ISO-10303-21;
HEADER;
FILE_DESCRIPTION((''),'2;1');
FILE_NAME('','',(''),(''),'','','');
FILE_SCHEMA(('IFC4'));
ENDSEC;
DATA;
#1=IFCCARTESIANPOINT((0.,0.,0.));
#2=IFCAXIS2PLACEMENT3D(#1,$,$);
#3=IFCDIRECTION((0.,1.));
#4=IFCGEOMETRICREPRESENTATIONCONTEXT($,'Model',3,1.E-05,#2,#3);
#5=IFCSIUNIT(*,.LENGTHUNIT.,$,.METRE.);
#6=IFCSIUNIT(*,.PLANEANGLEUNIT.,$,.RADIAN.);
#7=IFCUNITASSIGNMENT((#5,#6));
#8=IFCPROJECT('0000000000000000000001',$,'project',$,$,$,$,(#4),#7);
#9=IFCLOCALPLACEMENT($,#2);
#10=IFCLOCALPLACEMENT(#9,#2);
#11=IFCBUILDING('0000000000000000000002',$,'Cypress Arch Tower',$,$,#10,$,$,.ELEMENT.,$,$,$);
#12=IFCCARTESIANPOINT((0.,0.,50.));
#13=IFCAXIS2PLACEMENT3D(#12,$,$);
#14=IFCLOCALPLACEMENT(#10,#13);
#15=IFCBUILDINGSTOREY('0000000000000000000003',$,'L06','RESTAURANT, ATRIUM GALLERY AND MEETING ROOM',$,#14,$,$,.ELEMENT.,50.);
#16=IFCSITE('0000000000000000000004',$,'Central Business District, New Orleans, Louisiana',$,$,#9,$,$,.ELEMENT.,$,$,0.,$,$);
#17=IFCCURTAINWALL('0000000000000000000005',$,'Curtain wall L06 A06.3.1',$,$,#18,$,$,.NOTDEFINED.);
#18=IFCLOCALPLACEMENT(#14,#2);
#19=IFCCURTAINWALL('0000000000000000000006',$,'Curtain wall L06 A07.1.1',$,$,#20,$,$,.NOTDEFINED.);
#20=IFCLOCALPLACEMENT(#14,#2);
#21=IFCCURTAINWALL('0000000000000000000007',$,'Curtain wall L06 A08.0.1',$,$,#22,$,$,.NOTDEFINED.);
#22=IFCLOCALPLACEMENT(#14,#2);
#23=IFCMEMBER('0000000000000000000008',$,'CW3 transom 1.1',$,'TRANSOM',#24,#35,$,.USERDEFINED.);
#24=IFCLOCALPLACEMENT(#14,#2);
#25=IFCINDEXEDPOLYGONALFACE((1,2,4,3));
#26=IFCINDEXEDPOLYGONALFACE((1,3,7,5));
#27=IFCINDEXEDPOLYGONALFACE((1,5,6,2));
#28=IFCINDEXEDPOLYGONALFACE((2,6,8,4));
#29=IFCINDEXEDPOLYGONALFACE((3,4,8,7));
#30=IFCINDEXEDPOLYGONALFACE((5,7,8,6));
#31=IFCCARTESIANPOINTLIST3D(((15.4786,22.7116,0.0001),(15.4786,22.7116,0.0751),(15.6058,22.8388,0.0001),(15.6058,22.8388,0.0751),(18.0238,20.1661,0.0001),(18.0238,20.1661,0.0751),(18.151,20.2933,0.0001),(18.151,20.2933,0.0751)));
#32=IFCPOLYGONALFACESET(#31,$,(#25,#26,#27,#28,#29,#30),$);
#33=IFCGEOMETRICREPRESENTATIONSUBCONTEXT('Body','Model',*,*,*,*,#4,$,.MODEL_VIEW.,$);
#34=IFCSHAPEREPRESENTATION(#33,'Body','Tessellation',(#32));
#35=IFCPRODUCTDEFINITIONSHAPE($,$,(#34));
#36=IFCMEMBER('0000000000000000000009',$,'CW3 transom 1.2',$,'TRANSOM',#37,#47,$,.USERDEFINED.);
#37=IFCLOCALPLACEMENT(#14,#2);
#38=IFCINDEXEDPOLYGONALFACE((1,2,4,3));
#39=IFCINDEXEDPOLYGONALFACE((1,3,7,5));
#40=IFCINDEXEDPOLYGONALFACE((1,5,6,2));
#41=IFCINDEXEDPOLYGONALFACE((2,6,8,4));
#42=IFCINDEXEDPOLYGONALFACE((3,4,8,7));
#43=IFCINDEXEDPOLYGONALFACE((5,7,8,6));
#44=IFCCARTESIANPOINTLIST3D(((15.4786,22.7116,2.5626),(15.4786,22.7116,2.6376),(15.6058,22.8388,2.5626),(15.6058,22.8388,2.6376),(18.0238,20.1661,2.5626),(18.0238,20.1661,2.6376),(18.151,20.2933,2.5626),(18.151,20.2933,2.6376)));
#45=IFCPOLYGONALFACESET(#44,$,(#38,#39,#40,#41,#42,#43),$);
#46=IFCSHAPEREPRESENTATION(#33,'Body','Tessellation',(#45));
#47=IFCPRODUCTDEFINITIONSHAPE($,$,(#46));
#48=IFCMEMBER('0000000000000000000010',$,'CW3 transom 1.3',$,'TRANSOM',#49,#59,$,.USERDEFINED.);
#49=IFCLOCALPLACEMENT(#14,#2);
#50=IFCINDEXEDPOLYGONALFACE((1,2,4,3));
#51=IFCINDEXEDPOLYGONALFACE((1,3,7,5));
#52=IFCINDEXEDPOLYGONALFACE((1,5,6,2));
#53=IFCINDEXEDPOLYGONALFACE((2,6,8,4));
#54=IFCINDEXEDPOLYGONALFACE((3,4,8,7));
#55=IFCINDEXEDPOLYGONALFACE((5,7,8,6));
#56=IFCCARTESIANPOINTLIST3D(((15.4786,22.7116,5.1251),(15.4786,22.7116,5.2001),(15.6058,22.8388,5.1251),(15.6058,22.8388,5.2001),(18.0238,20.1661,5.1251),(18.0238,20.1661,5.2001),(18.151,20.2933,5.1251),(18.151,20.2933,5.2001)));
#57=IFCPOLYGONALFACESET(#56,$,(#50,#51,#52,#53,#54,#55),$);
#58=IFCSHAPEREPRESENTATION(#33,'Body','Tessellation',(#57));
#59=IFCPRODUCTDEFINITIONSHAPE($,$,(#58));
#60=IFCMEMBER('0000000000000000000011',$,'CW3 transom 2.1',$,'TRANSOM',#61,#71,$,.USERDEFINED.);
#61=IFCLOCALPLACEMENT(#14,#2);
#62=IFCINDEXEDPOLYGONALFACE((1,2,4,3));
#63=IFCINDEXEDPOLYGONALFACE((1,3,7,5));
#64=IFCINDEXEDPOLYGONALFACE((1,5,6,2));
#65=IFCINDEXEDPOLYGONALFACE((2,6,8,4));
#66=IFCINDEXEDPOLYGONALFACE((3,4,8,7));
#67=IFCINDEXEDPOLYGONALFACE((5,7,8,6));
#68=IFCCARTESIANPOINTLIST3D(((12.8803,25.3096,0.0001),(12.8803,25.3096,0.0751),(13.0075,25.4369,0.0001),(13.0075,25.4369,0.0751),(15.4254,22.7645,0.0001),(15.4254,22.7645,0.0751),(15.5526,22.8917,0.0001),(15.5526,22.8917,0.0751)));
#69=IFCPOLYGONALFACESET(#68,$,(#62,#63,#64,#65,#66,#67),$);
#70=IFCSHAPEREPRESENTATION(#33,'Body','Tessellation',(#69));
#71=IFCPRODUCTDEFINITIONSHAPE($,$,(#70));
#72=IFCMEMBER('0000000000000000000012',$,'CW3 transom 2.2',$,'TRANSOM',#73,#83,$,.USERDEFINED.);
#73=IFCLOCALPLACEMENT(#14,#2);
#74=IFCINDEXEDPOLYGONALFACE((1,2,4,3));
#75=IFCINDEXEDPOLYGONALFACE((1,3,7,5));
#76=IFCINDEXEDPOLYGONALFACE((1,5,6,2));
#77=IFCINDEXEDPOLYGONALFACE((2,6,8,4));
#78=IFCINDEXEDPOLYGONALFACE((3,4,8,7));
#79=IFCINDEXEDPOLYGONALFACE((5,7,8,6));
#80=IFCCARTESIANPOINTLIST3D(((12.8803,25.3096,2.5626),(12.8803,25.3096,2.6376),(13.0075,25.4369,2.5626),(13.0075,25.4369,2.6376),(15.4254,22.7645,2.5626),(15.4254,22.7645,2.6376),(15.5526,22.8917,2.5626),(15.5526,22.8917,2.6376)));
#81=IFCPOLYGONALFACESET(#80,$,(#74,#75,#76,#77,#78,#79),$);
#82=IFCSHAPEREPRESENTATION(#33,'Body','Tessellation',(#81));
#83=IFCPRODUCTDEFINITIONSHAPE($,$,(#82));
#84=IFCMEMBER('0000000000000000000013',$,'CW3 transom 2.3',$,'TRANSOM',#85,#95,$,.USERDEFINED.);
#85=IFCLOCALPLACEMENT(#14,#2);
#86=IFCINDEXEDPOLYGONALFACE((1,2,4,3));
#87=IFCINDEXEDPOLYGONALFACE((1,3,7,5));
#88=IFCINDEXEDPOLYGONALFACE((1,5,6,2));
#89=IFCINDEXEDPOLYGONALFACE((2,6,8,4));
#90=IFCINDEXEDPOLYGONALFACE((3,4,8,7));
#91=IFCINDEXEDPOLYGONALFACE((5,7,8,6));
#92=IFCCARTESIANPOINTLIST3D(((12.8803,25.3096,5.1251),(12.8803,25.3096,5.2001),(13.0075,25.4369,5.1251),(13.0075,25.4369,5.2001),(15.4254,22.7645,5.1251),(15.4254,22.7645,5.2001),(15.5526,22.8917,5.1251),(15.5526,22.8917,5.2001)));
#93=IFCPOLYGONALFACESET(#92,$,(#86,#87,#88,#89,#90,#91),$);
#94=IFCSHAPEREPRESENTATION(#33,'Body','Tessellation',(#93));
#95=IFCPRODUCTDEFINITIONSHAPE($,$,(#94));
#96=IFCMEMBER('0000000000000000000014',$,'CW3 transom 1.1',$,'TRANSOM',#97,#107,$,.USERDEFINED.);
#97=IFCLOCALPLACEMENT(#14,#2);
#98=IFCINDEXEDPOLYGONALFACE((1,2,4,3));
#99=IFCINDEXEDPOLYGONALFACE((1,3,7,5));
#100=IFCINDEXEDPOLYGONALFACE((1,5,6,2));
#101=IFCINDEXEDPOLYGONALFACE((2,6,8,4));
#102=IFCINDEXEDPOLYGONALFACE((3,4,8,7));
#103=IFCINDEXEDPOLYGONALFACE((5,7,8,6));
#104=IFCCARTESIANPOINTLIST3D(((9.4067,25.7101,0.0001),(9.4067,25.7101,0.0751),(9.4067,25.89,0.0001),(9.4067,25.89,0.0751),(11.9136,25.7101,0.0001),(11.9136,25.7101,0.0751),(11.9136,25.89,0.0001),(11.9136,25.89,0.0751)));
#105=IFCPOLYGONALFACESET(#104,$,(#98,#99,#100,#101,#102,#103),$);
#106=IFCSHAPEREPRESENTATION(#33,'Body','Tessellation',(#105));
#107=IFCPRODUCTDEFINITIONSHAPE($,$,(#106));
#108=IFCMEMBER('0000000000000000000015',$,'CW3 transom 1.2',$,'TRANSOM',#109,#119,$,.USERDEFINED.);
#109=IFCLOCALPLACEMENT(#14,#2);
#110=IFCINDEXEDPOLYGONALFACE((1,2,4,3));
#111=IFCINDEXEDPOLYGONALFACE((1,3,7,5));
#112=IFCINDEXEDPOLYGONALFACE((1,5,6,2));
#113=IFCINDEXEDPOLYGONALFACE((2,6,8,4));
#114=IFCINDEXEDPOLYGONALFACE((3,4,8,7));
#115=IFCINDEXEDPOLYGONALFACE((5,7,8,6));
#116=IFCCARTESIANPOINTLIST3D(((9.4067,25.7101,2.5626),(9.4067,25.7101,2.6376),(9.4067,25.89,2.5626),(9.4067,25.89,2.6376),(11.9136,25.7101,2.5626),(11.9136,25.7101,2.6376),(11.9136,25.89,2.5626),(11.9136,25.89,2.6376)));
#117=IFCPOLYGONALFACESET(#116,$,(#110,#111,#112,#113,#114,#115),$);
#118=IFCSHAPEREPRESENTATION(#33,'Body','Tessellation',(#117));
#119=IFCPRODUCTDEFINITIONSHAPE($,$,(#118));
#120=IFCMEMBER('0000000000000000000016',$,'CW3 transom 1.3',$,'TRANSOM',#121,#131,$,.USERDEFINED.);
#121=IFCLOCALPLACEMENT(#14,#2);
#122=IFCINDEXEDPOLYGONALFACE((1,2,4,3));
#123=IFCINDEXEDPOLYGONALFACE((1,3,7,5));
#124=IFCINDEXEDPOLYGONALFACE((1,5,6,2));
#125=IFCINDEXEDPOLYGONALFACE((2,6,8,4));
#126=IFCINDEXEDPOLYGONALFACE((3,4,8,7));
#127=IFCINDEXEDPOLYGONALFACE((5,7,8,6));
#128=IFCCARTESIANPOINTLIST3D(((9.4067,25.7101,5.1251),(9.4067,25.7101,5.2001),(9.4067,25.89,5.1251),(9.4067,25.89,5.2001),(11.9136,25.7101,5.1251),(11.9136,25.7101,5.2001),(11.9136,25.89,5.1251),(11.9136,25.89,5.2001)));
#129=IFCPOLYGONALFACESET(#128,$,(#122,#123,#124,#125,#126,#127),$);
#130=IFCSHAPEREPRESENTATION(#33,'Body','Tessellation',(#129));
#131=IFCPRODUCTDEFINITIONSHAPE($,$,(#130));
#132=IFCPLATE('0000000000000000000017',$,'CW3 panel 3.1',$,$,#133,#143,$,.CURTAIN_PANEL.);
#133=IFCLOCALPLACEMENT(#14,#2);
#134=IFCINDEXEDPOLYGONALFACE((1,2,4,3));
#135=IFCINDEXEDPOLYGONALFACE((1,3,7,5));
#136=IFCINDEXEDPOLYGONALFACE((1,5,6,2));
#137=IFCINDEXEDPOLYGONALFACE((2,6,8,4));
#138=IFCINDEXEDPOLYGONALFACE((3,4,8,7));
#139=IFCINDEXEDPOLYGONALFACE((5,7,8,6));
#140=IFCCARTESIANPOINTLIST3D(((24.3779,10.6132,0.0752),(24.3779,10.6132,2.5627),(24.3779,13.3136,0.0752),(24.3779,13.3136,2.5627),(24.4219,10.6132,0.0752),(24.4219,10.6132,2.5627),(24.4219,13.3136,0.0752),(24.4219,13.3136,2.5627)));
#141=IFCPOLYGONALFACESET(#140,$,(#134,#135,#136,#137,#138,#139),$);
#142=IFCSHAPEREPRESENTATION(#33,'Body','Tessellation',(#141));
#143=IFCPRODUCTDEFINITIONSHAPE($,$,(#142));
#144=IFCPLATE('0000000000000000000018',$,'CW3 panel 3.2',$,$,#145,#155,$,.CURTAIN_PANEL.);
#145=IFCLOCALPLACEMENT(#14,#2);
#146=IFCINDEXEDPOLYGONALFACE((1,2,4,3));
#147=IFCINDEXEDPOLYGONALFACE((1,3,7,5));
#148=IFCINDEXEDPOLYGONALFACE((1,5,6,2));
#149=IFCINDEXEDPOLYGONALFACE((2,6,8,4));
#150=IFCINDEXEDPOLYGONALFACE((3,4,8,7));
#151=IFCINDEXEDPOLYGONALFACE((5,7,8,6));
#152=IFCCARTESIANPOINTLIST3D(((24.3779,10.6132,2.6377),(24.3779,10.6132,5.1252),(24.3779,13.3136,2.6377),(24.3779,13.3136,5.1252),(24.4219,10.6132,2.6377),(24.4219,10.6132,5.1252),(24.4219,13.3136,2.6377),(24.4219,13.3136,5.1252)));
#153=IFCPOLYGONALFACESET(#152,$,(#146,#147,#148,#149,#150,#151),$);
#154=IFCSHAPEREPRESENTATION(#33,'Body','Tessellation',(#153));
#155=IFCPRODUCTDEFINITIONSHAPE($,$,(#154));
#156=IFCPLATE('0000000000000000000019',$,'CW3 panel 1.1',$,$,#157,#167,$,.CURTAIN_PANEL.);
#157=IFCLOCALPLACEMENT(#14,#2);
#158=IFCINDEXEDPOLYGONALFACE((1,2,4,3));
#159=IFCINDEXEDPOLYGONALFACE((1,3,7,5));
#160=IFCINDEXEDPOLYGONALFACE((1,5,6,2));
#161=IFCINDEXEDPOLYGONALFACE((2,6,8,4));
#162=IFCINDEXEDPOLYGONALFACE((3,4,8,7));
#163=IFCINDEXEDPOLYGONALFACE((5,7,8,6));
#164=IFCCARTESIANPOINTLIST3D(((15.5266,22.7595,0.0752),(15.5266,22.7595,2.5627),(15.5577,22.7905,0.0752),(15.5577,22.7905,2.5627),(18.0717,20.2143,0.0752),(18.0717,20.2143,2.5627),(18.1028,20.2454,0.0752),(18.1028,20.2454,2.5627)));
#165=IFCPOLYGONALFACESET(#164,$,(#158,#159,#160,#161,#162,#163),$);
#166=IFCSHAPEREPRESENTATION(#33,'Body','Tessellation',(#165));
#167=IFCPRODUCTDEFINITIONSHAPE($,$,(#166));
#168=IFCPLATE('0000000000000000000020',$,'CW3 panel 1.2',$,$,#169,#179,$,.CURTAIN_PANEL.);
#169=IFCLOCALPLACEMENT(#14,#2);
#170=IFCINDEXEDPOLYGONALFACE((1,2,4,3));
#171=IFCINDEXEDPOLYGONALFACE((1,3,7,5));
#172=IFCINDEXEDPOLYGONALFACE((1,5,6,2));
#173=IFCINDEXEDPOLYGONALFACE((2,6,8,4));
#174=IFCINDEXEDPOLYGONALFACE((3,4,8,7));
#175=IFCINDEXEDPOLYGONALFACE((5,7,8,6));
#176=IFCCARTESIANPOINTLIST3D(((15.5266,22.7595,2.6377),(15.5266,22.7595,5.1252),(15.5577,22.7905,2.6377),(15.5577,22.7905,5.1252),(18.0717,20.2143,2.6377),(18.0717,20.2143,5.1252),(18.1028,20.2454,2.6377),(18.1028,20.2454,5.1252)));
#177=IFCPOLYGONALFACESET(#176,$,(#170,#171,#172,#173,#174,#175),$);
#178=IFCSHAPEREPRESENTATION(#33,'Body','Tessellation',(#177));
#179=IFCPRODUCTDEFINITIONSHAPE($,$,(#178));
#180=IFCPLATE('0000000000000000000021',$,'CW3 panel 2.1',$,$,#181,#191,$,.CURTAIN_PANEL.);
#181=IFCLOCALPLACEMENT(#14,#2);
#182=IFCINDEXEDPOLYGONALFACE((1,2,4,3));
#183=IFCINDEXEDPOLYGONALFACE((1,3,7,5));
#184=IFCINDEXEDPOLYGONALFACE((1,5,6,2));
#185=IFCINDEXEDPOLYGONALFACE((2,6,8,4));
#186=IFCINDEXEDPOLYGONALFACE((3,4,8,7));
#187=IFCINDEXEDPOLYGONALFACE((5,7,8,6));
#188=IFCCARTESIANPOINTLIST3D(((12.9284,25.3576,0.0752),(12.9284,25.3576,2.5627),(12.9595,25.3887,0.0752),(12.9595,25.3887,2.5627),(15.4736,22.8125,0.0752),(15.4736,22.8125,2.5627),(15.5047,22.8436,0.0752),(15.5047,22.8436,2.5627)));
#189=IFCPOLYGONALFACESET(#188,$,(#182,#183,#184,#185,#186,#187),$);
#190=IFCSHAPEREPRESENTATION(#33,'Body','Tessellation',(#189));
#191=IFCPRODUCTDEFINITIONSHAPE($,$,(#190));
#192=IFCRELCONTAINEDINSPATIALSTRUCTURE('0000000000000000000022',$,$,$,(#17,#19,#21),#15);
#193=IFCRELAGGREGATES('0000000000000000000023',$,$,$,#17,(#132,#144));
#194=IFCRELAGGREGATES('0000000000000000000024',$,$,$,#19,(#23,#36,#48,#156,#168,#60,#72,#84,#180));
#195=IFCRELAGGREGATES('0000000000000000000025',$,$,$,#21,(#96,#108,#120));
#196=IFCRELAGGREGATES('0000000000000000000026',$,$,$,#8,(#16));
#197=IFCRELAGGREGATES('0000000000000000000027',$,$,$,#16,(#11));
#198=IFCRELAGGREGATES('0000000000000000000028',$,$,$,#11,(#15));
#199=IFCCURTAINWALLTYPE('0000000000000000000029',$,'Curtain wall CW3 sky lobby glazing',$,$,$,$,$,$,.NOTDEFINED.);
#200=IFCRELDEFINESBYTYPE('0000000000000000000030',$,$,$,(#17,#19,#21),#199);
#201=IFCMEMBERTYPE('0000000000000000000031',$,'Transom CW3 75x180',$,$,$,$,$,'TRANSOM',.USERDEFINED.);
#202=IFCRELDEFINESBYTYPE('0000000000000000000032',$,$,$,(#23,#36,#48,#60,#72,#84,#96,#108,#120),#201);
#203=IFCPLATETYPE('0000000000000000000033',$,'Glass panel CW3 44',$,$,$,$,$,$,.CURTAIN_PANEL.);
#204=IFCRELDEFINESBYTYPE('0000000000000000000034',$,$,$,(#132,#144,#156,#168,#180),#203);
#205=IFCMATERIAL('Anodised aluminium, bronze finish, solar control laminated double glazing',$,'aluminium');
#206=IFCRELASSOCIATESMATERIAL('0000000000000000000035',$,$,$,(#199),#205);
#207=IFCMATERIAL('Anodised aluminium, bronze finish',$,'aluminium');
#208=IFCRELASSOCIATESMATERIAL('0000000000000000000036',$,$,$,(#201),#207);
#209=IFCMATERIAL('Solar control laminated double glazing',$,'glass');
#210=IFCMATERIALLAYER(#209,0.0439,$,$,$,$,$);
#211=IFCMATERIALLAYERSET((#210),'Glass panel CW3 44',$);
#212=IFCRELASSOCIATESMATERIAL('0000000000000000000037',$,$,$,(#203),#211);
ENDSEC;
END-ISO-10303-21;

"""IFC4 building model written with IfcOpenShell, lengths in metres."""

from ifc_helpers import new_model, si_unit, direction, frame, origin, origin_2d, place, context, subcontext, project, spatial, rectangle, extrude, material, layer, layer_set, material_profile, profile_set, type_object, element, aggregate, save


model = new_model("IFC4")

# Units and contexts
model_context = context("Model", 3, precision=1e-05, world=origin(), true_north=direction((0.0, 1.0)))
body_context = subcontext(model_context, "Body", "Model", "MODEL_VIEW")
ifc_project = project(units=[si_unit("LENGTHUNIT", "METRE"), si_unit("PLANEANGLEUNIT", "RADIAN")], contexts=[model_context])

# Site, building, storey
site_placement = place(None, origin())
site = spatial("IfcSite", under=ifc_project, at=site_placement, Name="Central Business District, New Orleans, Louisiana", CompositionType="ELEMENT", RefElevation=0.0)
building_placement = place(site_placement, origin())
building = spatial("IfcBuilding", under=site, at=building_placement, Name="Cypress Arch Tower", CompositionType="ELEMENT")
storey_placement = place(building_placement, frame((0.0, 0.0, 50.0)))
storey = spatial("IfcBuildingStorey", under=building, at=storey_placement, Name="L06", Description="RESTAURANT, ATRIUM GALLERY AND MEETING ROOM", CompositionType="ELEMENT", Elevation=50.0)

# Curtain wall
ifc_material_1 = material(Name="Anodised aluminium, bronze finish, solar control laminated double glazing", Category="aluminium")
curtain_wall_type = type_object("IfcCurtainWallType", Name="Curtain wall CW3 sky lobby glazing", PredefinedType="NOTDEFINED", material=ifc_material_1)
curtain_wall_1_placement = place(storey_placement, origin())
curtain_wall_1 = element("IfcCurtainWall", 1, at=curtain_wall_1_placement, inside=storey, type_object=curtain_wall_type, Name="Curtain wall L06 A06.3.1", PredefinedType="NOTDEFINED")

# Curtain wall
curtain_wall_2_placement = place(storey_placement, origin())
curtain_wall_2 = element("IfcCurtainWall", 2, at=curtain_wall_2_placement, inside=storey, type_object=curtain_wall_type, Name="Curtain wall L06 A07.1.1", PredefinedType="NOTDEFINED")

# Curtain wall
curtain_wall_3_placement = place(storey_placement, origin())
curtain_wall_3 = element("IfcCurtainWall", 3, at=curtain_wall_3_placement, inside=storey, type_object=curtain_wall_type, Name="Curtain wall L06 A08.0.1", PredefinedType="NOTDEFINED")

# Members
ifc_material_2 = material(Name="Anodised aluminium, bronze finish", Category="aluminium")
ifc_material_profile_1 = material_profile(ifc_material_2, rectangle(XDim=0.1799, YDim=0.075, at=origin_2d()), Name="Transom 75x180")
ifc_profile_set_1 = profile_set([ifc_material_profile_1], Name="Anodised aluminium, bronze finish")
member_type_1 = type_object("IfcMemberType", Name="Transom CW3 75x180", ElementType="TRANSOM", PredefinedType="USERDEFINED", material=ifc_profile_set_1)
member_1_placement = place(storey_placement, frame((18.0874, 20.2297, 0.0376), z_axis=(-0.707073, 0.707141, 0.0), x_axis=(-0.707141, -0.707073, 0.0)))
member_1 = element("IfcMember", 4, at=member_1_placement, type_object=member_type_1, Name="CW3 transom 1.1", ObjectType="TRANSOM", PredefinedType="USERDEFINED", context=body_context, shape_type="SweptSolid", body=[
    extrude(rectangle(XDim=0.1799, YDim=0.075, at=origin_2d()), origin(), (0.0, 0.0, 1.0), 3.5996),
])
member_2_placement = place(storey_placement, frame((18.0874, 20.2297, 2.6001), z_axis=(-0.707073, 0.707141, 0.0), x_axis=(-0.707141, -0.707073, 0.0)))
member_2 = element("IfcMember", 5, at=member_2_placement, type_object=member_type_1, Name="CW3 transom 1.2", ObjectType="TRANSOM", PredefinedType="USERDEFINED", context=body_context, shape_type="SweptSolid", body=[
    extrude(rectangle(XDim=0.1799, YDim=0.075, at=origin_2d()), origin(), (0.0, 0.0, 1.0), 3.5996),
])
member_3_placement = place(storey_placement, frame((18.0874, 20.2297, 5.1626), z_axis=(-0.707073, 0.707141, 0.0), x_axis=(-0.707141, -0.707073, 0.0)))
member_3 = element("IfcMember", 6, at=member_3_placement, type_object=member_type_1, Name="CW3 transom 1.3", ObjectType="TRANSOM", PredefinedType="USERDEFINED", context=body_context, shape_type="SweptSolid", body=[
    extrude(rectangle(XDim=0.1799, YDim=0.075, at=origin_2d()), origin(), (0.0, 0.0, 1.0), 3.5996),
])
member_4_placement = place(storey_placement, frame((15.489, 22.8281, 0.0376), z_axis=(-0.707107, 0.707107, 0.0), x_axis=(-0.707107, -0.707107, 0.0)))
member_4 = element("IfcMember", 7, at=member_4_placement, type_object=member_type_1, Name="CW3 transom 2.1", ObjectType="TRANSOM", PredefinedType="USERDEFINED", context=body_context, shape_type="SweptSolid", body=[
    extrude(rectangle(XDim=0.1799, YDim=0.075, at=origin_2d()), origin(), (0.0, 0.0, 1.0), 3.5994),
])
member_5_placement = place(storey_placement, frame((15.489, 22.8281, 2.6001), z_axis=(-0.707107, 0.707107, 0.0), x_axis=(-0.707107, -0.707107, 0.0)))
member_5 = element("IfcMember", 8, at=member_5_placement, type_object=member_type_1, Name="CW3 transom 2.2", ObjectType="TRANSOM", PredefinedType="USERDEFINED", context=body_context, shape_type="SweptSolid", body=[
    extrude(rectangle(XDim=0.1799, YDim=0.075, at=origin_2d()), origin(), (0.0, 0.0, 1.0), 3.5994),
])
member_6_placement = place(storey_placement, frame((15.489, 22.8281, 5.1626), z_axis=(-0.707107, 0.707107, 0.0), x_axis=(-0.707107, -0.707107, 0.0)))
member_6 = element("IfcMember", 9, at=member_6_placement, type_object=member_type_1, Name="CW3 transom 2.3", ObjectType="TRANSOM", PredefinedType="USERDEFINED", context=body_context, shape_type="SweptSolid", body=[
    extrude(rectangle(XDim=0.1799, YDim=0.075, at=origin_2d()), origin(), (0.0, 0.0, 1.0), 3.5994),
])
member_7_placement = place(storey_placement, frame((11.9136, 25.8, 0.0376), z_axis=(-1.0, 0.0, 0.0), x_axis=(0.0, -1.0, 0.0)))
member_7 = element("IfcMember", 10, at=member_7_placement, type_object=member_type_1, Name="CW3 transom 1.1", ObjectType="TRANSOM", PredefinedType="USERDEFINED", context=body_context, shape_type="SweptSolid", body=[
    extrude(rectangle(XDim=0.1799, YDim=0.075, at=origin_2d()), origin(), (0.0, 0.0, 1.0), 2.5068),
])
member_8_placement = place(storey_placement, frame((11.9136, 25.8, 2.6001), z_axis=(-1.0, 0.0, 0.0), x_axis=(0.0, -1.0, 0.0)))
member_8 = element("IfcMember", 11, at=member_8_placement, type_object=member_type_1, Name="CW3 transom 1.2", ObjectType="TRANSOM", PredefinedType="USERDEFINED", context=body_context, shape_type="SweptSolid", body=[
    extrude(rectangle(XDim=0.1799, YDim=0.075, at=origin_2d()), origin(), (0.0, 0.0, 1.0), 2.5068),
])
member_9_placement = place(storey_placement, frame((11.9136, 25.8, 5.1626), z_axis=(-1.0, 0.0, 0.0), x_axis=(0.0, -1.0, 0.0)))
member_9 = element("IfcMember", 12, at=member_9_placement, type_object=member_type_1, Name="CW3 transom 1.3", ObjectType="TRANSOM", PredefinedType="USERDEFINED", context=body_context, shape_type="SweptSolid", body=[
    extrude(rectangle(XDim=0.1799, YDim=0.075, at=origin_2d()), origin(), (0.0, 0.0, 1.0), 2.5068),
])

# Plates
ifc_material_3 = material(Name="Solar control laminated double glazing", Category="glass")
ifc_layer_1 = layer(ifc_material_3, 0.0439)
ifc_layer_set_1 = layer_set([ifc_layer_1], Name="Glass panel CW3 44")
plate_type = type_object("IfcPlateType", Name="Glass panel CW3 44", PredefinedType="CURTAIN_PANEL", material=ifc_layer_set_1)
plate_1_placement = place(storey_placement, frame((24.3999, 11.9634, 0.0752), z_axis=(0.0, 0.0, 1.0), x_axis=(0.0, 1.0, 0.0)))
plate_1 = element("IfcPlate", 13, at=plate_1_placement, type_object=plate_type, Name="CW3 panel 3.1", PredefinedType="CURTAIN_PANEL", context=body_context, shape_type="SweptSolid", body=[
    extrude(rectangle(XDim=2.7004, YDim=0.0439, at=origin_2d()), origin(), (0.0, 0.0, 1.0), 2.4875),
])
plate_2_placement = place(storey_placement, frame((24.3999, 11.9634, 2.6377), z_axis=(0.0, 0.0, 1.0), x_axis=(0.0, 1.0, 0.0)))
plate_2 = element("IfcPlate", 14, at=plate_2_placement, type_object=plate_type, Name="CW3 panel 3.2", PredefinedType="CURTAIN_PANEL", context=body_context, shape_type="SweptSolid", body=[
    extrude(rectangle(XDim=2.7004, YDim=0.0439, at=origin_2d()), origin(), (0.0, 0.0, 1.0), 2.4875),
])
aggregate(curtain_wall_1, [plate_1, plate_2])
plate_3_placement = place(storey_placement, frame((16.8147, 21.5024, 0.0752), z_axis=(0.0, 0.0, 1.0), x_axis=(-0.707107, 0.707107, 0.0)))
plate_3 = element("IfcPlate", 15, at=plate_3_placement, type_object=plate_type, Name="CW3 panel 1.1", PredefinedType="CURTAIN_PANEL", context=body_context, shape_type="SweptSolid", body=[
    extrude(rectangle(XDim=3.5994, YDim=0.0439, at=origin_2d()), origin(), (0.0, 0.0, 1.0), 2.4875),
])
plate_4_placement = place(storey_placement, frame((16.8147, 21.5024, 2.6377), z_axis=(0.0, 0.0, 1.0), x_axis=(-0.707107, 0.707107, 0.0)))
plate_4 = element("IfcPlate", 16, at=plate_4_placement, type_object=plate_type, Name="CW3 panel 1.2", PredefinedType="CURTAIN_PANEL", context=body_context, shape_type="SweptSolid", body=[
    extrude(rectangle(XDim=3.5994, YDim=0.0439, at=origin_2d()), origin(), (0.0, 0.0, 1.0), 2.4875),
])
plate_5_placement = place(storey_placement, frame((14.2166, 24.1006, 0.0752), z_axis=(0.0, 0.0, 1.0), x_axis=(-0.707107, 0.707107, 0.0)))
plate_5 = element("IfcPlate", 17, at=plate_5_placement, type_object=plate_type, Name="CW3 panel 2.1", PredefinedType="CURTAIN_PANEL", context=body_context, shape_type="SweptSolid", body=[
    extrude(rectangle(XDim=3.5994, YDim=0.0439, at=origin_2d()), origin(), (0.0, 0.0, 1.0), 2.4875),
])
aggregate(curtain_wall_2, [member_1, member_2, member_3, plate_3, plate_4, member_4, member_5, member_6, plate_5])
aggregate(curtain_wall_3, [member_7, member_8, member_9])

save(model, "model.ifc")
